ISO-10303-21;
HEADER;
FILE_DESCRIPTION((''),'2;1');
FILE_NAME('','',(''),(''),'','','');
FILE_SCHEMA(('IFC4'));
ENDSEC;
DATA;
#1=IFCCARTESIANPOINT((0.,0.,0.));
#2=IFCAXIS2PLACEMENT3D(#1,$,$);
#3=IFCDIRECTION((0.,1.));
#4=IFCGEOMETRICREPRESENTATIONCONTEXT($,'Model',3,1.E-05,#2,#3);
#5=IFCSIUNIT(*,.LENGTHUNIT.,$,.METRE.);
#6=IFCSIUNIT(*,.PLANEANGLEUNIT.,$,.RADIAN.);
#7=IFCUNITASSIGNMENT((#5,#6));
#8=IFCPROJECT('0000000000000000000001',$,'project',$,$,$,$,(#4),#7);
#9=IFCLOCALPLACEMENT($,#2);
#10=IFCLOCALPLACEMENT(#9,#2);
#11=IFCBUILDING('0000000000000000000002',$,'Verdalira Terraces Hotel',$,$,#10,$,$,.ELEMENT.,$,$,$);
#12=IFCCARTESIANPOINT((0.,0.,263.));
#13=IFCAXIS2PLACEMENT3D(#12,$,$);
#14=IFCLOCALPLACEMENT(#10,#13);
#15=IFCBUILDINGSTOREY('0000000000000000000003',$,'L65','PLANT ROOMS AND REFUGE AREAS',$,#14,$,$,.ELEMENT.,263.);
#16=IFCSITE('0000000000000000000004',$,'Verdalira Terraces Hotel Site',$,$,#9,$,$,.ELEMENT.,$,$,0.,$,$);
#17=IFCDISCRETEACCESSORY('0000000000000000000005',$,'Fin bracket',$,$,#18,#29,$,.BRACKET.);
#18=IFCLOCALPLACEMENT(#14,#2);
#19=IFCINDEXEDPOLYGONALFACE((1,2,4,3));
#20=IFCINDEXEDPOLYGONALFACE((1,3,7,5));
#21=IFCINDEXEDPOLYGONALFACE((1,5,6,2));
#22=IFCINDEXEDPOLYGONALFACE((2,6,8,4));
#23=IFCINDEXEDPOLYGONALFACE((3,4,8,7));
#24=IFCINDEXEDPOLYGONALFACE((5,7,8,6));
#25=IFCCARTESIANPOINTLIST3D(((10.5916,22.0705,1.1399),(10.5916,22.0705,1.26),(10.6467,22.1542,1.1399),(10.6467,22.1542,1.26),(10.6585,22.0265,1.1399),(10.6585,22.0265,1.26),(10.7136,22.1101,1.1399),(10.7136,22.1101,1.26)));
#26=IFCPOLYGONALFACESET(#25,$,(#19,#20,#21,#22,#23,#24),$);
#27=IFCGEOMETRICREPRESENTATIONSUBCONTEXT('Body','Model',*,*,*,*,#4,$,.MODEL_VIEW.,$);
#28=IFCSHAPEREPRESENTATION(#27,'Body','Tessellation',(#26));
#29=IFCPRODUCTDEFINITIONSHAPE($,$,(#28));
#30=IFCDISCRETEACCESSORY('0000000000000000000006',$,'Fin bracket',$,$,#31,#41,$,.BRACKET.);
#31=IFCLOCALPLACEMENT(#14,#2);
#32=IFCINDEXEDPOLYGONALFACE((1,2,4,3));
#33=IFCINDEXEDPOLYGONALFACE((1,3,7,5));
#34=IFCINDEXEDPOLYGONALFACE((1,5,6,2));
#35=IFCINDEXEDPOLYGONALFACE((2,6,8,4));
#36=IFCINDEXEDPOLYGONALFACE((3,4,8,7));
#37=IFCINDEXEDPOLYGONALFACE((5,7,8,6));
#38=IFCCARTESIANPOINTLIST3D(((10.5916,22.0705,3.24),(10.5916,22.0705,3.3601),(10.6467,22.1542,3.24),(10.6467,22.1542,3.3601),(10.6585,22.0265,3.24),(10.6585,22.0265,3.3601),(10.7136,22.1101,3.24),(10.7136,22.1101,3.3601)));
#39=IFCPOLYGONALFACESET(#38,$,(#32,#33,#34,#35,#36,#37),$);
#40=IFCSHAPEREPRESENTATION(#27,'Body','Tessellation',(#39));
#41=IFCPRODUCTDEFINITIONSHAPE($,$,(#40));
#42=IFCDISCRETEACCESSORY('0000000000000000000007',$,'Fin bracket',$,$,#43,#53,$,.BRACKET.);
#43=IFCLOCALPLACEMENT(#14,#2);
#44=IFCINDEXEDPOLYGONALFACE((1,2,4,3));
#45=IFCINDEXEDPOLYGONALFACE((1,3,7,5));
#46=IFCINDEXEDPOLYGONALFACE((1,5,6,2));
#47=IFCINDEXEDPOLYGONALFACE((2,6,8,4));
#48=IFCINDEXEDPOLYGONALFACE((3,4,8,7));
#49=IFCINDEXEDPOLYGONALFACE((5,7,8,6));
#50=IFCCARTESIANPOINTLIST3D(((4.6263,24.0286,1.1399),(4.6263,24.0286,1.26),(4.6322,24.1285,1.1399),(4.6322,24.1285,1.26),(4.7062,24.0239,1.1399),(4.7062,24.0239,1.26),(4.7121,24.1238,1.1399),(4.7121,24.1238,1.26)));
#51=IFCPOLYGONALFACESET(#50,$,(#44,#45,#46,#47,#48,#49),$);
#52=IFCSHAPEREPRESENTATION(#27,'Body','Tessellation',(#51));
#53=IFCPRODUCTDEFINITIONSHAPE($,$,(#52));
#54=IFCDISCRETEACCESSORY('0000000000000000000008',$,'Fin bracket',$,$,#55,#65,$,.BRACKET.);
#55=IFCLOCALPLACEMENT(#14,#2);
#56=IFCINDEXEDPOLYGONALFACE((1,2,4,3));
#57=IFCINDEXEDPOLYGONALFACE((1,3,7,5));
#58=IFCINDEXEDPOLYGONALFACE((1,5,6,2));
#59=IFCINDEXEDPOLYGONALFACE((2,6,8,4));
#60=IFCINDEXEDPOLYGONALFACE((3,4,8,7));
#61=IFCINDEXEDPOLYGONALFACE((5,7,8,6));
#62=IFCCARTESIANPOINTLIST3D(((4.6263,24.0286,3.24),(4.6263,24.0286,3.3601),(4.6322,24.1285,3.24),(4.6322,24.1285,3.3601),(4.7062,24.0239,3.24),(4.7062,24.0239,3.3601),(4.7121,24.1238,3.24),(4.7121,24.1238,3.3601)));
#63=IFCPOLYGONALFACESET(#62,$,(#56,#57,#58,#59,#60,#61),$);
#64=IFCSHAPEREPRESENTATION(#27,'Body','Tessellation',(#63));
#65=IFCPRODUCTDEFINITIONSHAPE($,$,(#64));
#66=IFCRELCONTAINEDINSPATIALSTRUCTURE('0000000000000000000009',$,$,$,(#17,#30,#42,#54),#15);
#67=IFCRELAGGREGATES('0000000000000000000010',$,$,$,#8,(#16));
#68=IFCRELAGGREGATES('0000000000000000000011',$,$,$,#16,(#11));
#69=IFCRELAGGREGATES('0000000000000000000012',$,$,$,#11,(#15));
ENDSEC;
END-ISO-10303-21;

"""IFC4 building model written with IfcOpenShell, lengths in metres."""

from ifc_helpers import new_model, si_unit, direction, frame, origin, origin_2d, place, context, subcontext, project, spatial, rectangle, extrude, element, save


model = new_model("IFC4")

# Units and contexts
model_context = context("Model", 3, precision=1e-05, world=origin(), true_north=direction((0.0, 1.0)))
body_context = subcontext(model_context, "Body", "Model", "MODEL_VIEW")
ifc_project = project(units=[si_unit("LENGTHUNIT", "METRE"), si_unit("PLANEANGLEUNIT", "RADIAN")], contexts=[model_context])

# Site, building, storey
site_placement = place(None, origin())
site = spatial("IfcSite", under=ifc_project, at=site_placement, Name="Verdalira Terraces Hotel Site", CompositionType="ELEMENT", RefElevation=0.0)
building_placement = place(site_placement, origin())
building = spatial("IfcBuilding", under=site, at=building_placement, Name="Verdalira Terraces Hotel", CompositionType="ELEMENT")
storey_placement = place(building_placement, frame((0.0, 0.0, 263.0)))
storey = spatial("IfcBuildingStorey", under=building, at=storey_placement, Name="L65", Description="PLANT ROOMS AND REFUGE AREAS", CompositionType="ELEMENT", Elevation=263.0)

# Discrete accessories
for number, where, z_axis, x_axis, name in (
    (1, (10.6526, 22.0903, 1.1399), (0.0, 0.0, 1.0), (-0.835232, 0.549898, 0.0), "Fin bracket"),
    (2, (10.6526, 22.0903, 3.24), (0.0, 0.0, 1.0), (-0.835232, 0.549898, 0.0), "Fin bracket"),
    (3, (4.6692, 24.0762, 1.1399), (0.0, 0.0, 1.0), (-0.998281, 0.058609, 0.0), "Fin bracket"),
    (4, (4.6692, 24.0762, 3.24), (0.0, 0.0, 1.0), (-0.998281, 0.058609, 0.0), "Fin bracket"),
):
    element("IfcDiscreteAccessory", number, at=place(storey_placement, frame(where, z_axis=z_axis, x_axis=x_axis)), inside=storey, Name=name, PredefinedType="BRACKET", context=body_context, shape_type="SweptSolid", body=[
        extrude(rectangle(XDim=0.0801, YDim=0.1001, at=origin_2d()), origin(), (0.0, 0.0, 1.0), 0.1201),
    ])

save(model, "model.ifc")
